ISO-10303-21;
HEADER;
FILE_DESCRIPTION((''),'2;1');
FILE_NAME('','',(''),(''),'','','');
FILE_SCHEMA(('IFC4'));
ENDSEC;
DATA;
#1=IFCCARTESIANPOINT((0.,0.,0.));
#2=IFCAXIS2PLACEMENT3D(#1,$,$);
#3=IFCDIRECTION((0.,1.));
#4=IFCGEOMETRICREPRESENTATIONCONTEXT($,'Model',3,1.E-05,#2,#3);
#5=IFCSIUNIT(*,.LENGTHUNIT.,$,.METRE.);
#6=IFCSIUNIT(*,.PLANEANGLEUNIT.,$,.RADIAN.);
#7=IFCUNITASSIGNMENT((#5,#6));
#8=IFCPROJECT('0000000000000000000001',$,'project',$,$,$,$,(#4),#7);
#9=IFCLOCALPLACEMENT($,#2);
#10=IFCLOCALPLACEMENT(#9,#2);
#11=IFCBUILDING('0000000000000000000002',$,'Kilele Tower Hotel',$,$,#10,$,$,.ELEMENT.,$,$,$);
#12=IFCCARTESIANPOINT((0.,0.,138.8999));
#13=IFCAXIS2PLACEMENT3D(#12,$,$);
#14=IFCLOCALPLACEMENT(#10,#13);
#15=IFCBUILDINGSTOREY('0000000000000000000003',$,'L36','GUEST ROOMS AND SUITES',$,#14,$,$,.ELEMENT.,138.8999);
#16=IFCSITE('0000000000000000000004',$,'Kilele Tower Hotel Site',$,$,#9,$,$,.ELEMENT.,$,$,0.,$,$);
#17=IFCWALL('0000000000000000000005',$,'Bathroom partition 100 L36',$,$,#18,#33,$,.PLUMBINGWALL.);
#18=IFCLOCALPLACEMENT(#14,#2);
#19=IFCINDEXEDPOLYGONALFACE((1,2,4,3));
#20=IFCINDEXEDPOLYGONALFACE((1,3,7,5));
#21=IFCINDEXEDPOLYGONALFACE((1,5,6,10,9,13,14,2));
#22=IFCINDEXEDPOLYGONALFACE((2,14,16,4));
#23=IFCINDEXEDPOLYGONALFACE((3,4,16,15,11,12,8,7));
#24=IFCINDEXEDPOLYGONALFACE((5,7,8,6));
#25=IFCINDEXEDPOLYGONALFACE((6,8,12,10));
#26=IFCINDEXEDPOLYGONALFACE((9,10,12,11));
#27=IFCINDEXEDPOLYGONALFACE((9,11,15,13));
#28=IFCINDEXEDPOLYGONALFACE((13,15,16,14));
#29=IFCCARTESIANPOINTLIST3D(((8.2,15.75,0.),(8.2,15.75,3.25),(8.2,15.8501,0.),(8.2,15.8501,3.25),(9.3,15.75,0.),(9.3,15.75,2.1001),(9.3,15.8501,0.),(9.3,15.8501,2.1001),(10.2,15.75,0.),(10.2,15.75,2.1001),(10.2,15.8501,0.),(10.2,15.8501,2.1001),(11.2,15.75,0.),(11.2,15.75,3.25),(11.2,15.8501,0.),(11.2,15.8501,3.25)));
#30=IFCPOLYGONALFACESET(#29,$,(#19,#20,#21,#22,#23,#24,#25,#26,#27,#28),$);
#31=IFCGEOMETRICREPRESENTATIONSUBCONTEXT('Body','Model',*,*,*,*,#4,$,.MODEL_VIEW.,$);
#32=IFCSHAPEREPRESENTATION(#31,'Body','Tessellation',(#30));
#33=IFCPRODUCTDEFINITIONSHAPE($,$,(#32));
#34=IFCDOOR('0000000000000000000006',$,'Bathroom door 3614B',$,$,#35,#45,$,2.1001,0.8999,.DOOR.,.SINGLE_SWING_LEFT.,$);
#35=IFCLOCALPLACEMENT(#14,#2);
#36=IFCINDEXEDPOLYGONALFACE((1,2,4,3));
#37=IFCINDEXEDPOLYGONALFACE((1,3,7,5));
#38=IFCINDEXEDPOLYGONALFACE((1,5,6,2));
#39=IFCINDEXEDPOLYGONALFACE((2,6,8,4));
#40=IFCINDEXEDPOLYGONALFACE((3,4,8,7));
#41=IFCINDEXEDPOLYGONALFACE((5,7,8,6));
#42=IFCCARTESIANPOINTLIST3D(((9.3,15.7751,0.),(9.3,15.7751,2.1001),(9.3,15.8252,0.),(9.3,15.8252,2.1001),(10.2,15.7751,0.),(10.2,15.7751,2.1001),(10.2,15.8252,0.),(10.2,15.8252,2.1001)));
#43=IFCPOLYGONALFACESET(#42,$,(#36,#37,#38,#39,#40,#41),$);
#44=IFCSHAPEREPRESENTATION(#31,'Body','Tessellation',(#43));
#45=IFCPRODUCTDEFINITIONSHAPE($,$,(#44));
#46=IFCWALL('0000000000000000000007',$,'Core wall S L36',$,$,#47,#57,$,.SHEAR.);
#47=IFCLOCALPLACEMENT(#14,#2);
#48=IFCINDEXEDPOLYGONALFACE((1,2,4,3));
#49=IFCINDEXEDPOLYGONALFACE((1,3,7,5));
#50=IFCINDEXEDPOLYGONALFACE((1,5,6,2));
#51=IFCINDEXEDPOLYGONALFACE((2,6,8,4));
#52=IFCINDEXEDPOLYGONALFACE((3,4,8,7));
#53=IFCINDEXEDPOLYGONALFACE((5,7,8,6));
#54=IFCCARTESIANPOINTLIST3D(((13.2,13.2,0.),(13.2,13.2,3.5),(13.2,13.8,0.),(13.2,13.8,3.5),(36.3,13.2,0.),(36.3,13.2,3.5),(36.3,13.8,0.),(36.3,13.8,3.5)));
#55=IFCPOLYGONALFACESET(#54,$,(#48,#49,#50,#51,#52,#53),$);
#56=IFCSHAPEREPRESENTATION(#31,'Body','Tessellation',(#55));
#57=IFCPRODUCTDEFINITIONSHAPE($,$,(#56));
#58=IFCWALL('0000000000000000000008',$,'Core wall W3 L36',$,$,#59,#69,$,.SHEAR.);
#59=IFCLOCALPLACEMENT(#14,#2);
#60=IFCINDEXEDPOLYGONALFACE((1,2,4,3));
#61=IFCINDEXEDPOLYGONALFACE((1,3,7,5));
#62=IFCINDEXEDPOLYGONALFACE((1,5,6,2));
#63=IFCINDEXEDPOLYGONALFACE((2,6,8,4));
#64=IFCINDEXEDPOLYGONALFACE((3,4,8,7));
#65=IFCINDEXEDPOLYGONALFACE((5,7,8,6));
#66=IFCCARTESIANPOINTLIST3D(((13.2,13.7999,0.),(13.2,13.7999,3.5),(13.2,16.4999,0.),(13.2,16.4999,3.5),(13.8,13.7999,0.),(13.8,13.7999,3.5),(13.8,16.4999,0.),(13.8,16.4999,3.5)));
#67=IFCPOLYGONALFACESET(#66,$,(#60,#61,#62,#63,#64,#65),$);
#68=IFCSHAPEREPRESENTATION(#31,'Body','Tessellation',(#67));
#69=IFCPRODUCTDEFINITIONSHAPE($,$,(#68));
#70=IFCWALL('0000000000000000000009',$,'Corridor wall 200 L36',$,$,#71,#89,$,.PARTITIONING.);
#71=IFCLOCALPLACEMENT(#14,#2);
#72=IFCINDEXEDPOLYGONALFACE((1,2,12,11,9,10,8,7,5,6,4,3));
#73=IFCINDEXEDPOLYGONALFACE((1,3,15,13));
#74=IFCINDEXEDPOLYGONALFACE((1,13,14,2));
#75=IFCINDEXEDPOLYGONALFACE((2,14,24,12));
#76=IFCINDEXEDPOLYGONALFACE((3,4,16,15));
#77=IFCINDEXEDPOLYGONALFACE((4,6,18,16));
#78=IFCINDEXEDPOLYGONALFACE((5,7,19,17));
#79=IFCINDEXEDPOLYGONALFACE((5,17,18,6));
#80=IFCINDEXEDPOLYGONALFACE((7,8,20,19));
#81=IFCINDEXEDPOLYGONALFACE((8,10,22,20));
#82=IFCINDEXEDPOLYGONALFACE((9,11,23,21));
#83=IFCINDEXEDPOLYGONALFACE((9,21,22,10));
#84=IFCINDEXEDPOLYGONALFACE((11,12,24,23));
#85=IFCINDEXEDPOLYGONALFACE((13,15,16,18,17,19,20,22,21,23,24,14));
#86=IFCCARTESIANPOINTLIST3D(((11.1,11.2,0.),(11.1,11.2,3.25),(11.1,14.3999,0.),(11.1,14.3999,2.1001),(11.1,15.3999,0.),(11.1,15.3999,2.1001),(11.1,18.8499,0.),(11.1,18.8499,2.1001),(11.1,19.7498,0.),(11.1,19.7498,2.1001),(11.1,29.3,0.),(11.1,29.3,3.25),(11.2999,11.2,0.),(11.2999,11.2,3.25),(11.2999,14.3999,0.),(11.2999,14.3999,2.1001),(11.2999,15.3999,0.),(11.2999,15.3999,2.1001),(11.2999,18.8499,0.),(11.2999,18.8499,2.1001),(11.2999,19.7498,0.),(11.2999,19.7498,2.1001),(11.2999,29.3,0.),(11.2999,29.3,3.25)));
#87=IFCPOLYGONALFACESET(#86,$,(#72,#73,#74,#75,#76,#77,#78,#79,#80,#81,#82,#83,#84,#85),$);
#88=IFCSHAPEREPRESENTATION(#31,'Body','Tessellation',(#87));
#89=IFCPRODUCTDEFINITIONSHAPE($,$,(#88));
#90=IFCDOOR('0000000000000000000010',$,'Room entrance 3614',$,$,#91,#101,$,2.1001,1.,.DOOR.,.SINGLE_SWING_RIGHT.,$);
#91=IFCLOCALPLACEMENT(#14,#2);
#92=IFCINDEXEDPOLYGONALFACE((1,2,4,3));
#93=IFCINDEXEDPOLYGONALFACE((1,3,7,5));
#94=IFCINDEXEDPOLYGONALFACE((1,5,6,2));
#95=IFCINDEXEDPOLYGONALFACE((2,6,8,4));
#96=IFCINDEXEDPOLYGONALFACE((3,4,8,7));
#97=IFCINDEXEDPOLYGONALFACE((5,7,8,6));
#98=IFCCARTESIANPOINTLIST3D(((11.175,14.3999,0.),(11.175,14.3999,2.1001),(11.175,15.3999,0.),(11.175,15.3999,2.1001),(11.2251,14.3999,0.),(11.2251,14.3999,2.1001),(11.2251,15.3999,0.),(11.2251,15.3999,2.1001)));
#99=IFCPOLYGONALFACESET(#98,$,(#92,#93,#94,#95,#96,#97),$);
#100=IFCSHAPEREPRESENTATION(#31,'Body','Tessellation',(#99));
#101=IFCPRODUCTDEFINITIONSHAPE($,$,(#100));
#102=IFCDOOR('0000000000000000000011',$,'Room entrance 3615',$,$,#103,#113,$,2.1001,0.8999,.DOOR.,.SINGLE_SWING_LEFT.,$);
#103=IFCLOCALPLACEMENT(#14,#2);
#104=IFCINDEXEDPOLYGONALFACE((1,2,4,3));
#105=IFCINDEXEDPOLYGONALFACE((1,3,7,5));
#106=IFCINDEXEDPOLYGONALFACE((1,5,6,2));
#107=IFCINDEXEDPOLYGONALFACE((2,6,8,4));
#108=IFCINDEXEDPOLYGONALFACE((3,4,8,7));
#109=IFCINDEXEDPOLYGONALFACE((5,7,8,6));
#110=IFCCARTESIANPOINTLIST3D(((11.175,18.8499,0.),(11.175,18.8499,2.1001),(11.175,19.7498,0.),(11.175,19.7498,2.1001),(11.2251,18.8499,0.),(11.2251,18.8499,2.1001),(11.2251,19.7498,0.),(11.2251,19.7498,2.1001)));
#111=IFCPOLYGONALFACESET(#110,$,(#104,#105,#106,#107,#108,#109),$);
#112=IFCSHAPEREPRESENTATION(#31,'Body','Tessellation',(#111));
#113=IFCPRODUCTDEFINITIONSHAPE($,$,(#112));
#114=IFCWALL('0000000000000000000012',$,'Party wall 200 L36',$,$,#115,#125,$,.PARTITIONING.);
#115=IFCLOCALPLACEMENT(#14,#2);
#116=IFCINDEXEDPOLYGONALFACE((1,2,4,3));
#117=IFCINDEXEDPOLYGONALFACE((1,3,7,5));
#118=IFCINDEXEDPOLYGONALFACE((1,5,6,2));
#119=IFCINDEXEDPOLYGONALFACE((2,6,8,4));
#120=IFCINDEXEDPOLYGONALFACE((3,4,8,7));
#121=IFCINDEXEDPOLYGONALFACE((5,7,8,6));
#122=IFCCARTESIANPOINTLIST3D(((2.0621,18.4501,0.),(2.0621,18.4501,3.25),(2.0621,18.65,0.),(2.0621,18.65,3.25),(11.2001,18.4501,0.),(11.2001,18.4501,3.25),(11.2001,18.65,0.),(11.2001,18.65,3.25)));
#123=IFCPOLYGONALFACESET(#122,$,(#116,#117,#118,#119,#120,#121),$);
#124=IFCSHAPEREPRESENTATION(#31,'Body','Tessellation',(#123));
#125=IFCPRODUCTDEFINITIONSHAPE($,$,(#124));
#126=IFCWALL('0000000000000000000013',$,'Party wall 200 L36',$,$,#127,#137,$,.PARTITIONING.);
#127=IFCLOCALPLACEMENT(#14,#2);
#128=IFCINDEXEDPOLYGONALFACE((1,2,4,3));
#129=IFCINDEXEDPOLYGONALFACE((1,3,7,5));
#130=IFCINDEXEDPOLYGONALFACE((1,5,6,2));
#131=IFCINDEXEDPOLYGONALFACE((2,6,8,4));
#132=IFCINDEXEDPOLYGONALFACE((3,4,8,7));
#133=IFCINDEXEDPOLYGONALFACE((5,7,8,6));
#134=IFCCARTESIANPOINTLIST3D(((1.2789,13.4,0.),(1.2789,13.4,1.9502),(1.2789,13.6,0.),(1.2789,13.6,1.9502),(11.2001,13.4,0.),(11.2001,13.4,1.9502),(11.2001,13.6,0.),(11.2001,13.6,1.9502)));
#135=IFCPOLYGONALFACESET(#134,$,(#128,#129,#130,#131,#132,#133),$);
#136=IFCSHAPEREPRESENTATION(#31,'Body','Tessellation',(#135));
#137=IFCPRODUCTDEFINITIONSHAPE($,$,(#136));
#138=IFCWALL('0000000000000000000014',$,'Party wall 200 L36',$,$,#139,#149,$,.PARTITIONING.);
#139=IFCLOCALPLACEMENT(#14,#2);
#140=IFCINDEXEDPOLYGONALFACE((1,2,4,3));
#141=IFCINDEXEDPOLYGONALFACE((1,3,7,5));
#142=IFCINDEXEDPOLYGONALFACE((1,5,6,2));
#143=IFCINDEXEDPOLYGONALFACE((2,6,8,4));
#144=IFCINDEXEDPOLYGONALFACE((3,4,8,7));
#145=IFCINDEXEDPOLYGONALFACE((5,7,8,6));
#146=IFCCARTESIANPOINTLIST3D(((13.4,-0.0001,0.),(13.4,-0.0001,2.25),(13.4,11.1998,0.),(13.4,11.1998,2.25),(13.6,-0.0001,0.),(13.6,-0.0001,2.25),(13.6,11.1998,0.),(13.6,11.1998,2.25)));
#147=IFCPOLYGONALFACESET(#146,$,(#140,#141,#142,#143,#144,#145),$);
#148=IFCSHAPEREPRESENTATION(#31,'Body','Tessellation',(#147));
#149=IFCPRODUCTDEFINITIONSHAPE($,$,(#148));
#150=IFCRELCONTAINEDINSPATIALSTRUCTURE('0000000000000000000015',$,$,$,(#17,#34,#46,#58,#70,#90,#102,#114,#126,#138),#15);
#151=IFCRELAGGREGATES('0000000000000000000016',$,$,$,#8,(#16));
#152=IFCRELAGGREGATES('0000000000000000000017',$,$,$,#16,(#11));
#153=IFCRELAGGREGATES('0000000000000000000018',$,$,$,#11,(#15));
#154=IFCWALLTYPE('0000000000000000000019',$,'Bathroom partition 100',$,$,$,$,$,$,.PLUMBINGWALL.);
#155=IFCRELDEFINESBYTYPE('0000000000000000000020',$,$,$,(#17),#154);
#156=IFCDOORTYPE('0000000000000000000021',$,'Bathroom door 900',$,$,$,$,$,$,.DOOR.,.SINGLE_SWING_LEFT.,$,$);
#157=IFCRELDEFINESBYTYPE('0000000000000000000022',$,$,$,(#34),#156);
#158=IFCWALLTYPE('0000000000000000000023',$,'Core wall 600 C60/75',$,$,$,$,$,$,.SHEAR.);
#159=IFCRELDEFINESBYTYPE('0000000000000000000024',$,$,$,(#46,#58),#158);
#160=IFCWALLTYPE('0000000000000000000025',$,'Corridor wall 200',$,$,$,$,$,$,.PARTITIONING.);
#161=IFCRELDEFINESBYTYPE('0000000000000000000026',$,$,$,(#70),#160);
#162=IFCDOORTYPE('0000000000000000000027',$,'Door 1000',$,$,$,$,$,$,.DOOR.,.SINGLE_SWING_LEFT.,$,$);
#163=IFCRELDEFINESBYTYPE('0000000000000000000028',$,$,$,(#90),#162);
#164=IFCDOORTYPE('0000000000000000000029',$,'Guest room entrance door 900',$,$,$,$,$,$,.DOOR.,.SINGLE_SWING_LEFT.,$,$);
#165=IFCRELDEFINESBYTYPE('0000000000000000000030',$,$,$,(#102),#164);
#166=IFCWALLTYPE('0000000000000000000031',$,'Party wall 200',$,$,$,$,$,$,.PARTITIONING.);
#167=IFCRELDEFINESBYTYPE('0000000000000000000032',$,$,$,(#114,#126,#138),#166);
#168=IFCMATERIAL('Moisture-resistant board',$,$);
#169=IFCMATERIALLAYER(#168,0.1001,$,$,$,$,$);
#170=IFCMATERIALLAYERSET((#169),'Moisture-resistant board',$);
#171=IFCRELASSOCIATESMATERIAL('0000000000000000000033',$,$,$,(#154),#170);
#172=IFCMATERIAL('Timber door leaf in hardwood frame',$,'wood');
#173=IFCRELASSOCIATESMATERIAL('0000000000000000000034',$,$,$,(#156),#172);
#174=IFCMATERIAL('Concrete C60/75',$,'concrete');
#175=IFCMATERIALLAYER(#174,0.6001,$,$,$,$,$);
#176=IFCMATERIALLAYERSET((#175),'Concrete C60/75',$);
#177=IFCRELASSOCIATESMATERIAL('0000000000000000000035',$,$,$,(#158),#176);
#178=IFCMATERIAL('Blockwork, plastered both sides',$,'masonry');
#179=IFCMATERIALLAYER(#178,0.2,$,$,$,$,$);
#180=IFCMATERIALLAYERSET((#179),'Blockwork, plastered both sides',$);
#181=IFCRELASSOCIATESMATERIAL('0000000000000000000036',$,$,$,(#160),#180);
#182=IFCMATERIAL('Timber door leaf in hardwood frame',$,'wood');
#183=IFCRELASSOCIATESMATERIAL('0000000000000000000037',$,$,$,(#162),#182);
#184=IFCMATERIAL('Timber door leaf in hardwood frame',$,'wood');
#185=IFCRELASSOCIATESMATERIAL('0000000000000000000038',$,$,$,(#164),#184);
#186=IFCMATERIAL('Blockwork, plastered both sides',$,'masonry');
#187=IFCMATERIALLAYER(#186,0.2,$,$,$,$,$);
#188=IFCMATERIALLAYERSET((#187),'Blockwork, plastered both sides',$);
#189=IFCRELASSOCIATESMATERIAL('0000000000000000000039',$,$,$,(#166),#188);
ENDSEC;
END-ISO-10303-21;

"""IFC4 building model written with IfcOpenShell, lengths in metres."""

from ifc_helpers import new_model, si_unit, direction, frame, frame_2d, origin, place, context, subcontext, project, spatial, rectangle, extrude, material, layer, layer_set, type_object, element, fill, save


model = new_model("IFC4")

# Units and contexts
model_context = context("Model", 3, precision=1e-05, world=origin(), true_north=direction((0.0, 1.0)))
body_context = subcontext(model_context, "Body", "Model", "MODEL_VIEW")
ifc_project = project(units=[si_unit("LENGTHUNIT", "METRE"), si_unit("PLANEANGLEUNIT", "RADIAN")], contexts=[model_context])

# Site, building, storey
site_placement = place(None, origin())
site = spatial("IfcSite", under=ifc_project, at=site_placement, Name="Kilele Tower Hotel Site", CompositionType="ELEMENT", RefElevation=0.0)
building_placement = place(site_placement, origin())
building = spatial("IfcBuilding", under=site, at=building_placement, Name="Kilele Tower Hotel", CompositionType="ELEMENT")
storey_placement = place(building_placement, frame((0.0, 0.0, 138.8999)))
storey = spatial("IfcBuildingStorey", under=building, at=storey_placement, Name="L36", Description="GUEST ROOMS AND SUITES", CompositionType="ELEMENT", Elevation=138.8999)

# Wall, opening, door
ifc_material_1 = material(Name="Moisture-resistant board")
ifc_layer_1 = layer(ifc_material_1, 0.1001)
ifc_layer_set_1 = layer_set([ifc_layer_1], Name="Moisture-resistant board")
wall_type_1 = type_object("IfcWallType", Name="Bathroom partition 100", PredefinedType="PLUMBINGWALL", material=ifc_layer_set_1)
wall_1_placement = place(storey_placement, frame((11.2, 15.8, 0.0), z_axis=(0.0, 0.0, 1.0), x_axis=(-1.0, 0.0, 0.0)))
wall_1 = element("IfcWall", 1, at=wall_1_placement, inside=storey, type_object=wall_type_1, Name="Bathroom partition 100 L36", PredefinedType="PLUMBINGWALL", context=body_context, shape_type="SweptSolid", body=[
    extrude(rectangle(XDim=3.0, YDim=0.1001, at=frame_2d((1.5, 0.0))), origin(), (0.0, 0.0, 1.0), 3.25),
])
opening_1_placement = place(wall_1_placement, frame((1.0, 0.0, 0.0)))
opening_1 = element("IfcOpeningElement", 2, at=opening_1_placement, cuts=wall_1, PredefinedType="OPENING", context=body_context, shape_type="SweptSolid", body=[
    extrude(rectangle(XDim=0.8999, YDim=2.1001, at=frame_2d((0.45, 1.05))), frame((0.0, 0.0601, 0.0), z_axis=(0.0, -1.0, 0.0), x_axis=(1.0, 0.0, 0.0)), (0.0, 0.0, 1.0), 0.1201),
])
ifc_material_2 = material(Name="Timber door leaf in hardwood frame", Category="wood")
door_type_1 = type_object("IfcDoorType", Name="Bathroom door 900", OperationType="SINGLE_SWING_LEFT", PredefinedType="DOOR", material=ifc_material_2)
door_1_placement = place(opening_1_placement, origin())
door_1 = element("IfcDoor", 3, at=door_1_placement, inside=storey, type_object=door_type_1, Name="Bathroom door 3614B", OperationType="SINGLE_SWING_LEFT", OverallHeight=2.1001, OverallWidth=0.8999, PredefinedType="DOOR", context=body_context, shape_type="SweptSolid", body=[
    extrude(rectangle(XDim=0.8999, YDim=2.1001, at=frame_2d((0.45, 1.05))), frame((0.0, 0.0249, 0.0), z_axis=(0.0, -1.0, 0.0), x_axis=(1.0, 0.0, 0.0)), (0.0, 0.0, 1.0), 0.05),
])
fill(opening_1, door_1)

# Walls
ifc_material_3 = material(Name="Concrete C60/75", Category="concrete")
ifc_layer_2 = layer(ifc_material_3, 0.6001)
ifc_layer_set_2 = layer_set([ifc_layer_2], Name="Concrete C60/75")
wall_type_2 = type_object("IfcWallType", Name="Core wall 600 C60/75", PredefinedType="SHEAR", material=ifc_layer_set_2)
wall_2_placement = place(storey_placement, frame((13.2, 13.5, 0.0), z_axis=(0.0, 0.0, 1.0), x_axis=(1.0, 0.0, 0.0)))
element("IfcWall", 4, at=wall_2_placement, inside=storey, type_object=wall_type_2, Name="Core wall S L36", PredefinedType="SHEAR", context=body_context, shape_type="SweptSolid", body=[
    extrude(rectangle(XDim=23.1001, YDim=0.6001, at=frame_2d((11.55, 0.0))), origin(), (0.0, 0.0, 1.0), 3.5),
])
wall_3_placement = place(storey_placement, frame((13.5, 16.5, 0.0), z_axis=(0.0, 0.0, 1.0), x_axis=(0.0, -1.0, 0.0)))
element("IfcWall", 5, at=wall_3_placement, inside=storey, type_object=wall_type_2, Name="Core wall W3 L36", PredefinedType="SHEAR", context=body_context, shape_type="SweptSolid", body=[
    extrude(rectangle(XDim=2.7, YDim=0.6001, at=frame_2d((1.3501, 0.0))), origin(), (0.0, 0.0, 1.0), 3.5),
])

# Wall, openings, doors
ifc_material_4 = material(Name="Blockwork, plastered both sides", Category="masonry")
ifc_layer_3 = layer(ifc_material_4, 0.2)
ifc_layer_set_3 = layer_set([ifc_layer_3], Name="Blockwork, plastered both sides")
wall_type_3 = type_object("IfcWallType", Name="Corridor wall 200", PredefinedType="PARTITIONING", material=ifc_layer_set_3)
wall_4_placement = place(storey_placement, frame((11.2, 11.2, 0.0), z_axis=(0.0, 0.0, 1.0), x_axis=(0.0, 1.0, 0.0)))
wall_4 = element("IfcWall", 6, at=wall_4_placement, inside=storey, type_object=wall_type_3, Name="Corridor wall 200 L36", PredefinedType="PARTITIONING", context=body_context, shape_type="SweptSolid", body=[
    extrude(rectangle(XDim=18.1001, YDim=0.2, at=frame_2d((9.05, 0.0))), origin(), (0.0, 0.0, 1.0), 3.25),
])
opening_2_placement = place(wall_4_placement, frame((3.2, 0.0, 0.0)))
opening_2 = element("IfcOpeningElement", 7, at=opening_2_placement, cuts=wall_4, PredefinedType="OPENING", context=body_context, shape_type="SweptSolid", body=[
    extrude(rectangle(XDim=1.0, YDim=2.1001, at=frame_2d((0.5, 1.05))), frame((0.0, 0.1099, 0.0), z_axis=(0.0, -1.0, 0.0), x_axis=(1.0, 0.0, 0.0)), (0.0, 0.0, 1.0), 0.22),
])
opening_3_placement = place(wall_4_placement, frame((7.6499, 0.0, 0.0)))
opening_3 = element("IfcOpeningElement", 8, at=opening_3_placement, cuts=wall_4, PredefinedType="OPENING", context=body_context, shape_type="SweptSolid", body=[
    extrude(rectangle(XDim=0.8999, YDim=2.1001, at=frame_2d((0.45, 1.05))), frame((0.0, 0.1099, 0.0), z_axis=(0.0, -1.0, 0.0), x_axis=(1.0, 0.0, 0.0)), (0.0, 0.0, 1.0), 0.22),
])
ifc_material_5 = material(Name="Timber door leaf in hardwood frame", Category="wood")
door_type_2 = type_object("IfcDoorType", Name="Door 1000", OperationType="SINGLE_SWING_LEFT", PredefinedType="DOOR", material=ifc_material_5)
door_2_placement = place(opening_2_placement, origin())
door_2 = element("IfcDoor", 9, at=door_2_placement, inside=storey, type_object=door_type_2, Name="Room entrance 3614", OperationType="SINGLE_SWING_RIGHT", OverallHeight=2.1001, OverallWidth=1.0, PredefinedType="DOOR", context=body_context, shape_type="SweptSolid", body=[
    extrude(rectangle(XDim=1.0, YDim=2.1001, at=frame_2d((0.5, 1.05))), frame((0.0, 0.0249, 0.0), z_axis=(0.0, -1.0, 0.0), x_axis=(1.0, 0.0, 0.0)), (0.0, 0.0, 1.0), 0.05),
])
fill(opening_2, door_2)
ifc_material_6 = material(Name="Timber door leaf in hardwood frame", Category="wood")
door_type_3 = type_object("IfcDoorType", Name="Guest room entrance door 900", OperationType="SINGLE_SWING_LEFT", PredefinedType="DOOR", material=ifc_material_6)
door_3_placement = place(opening_3_placement, origin())
door_3 = element("IfcDoor", 10, at=door_3_placement, inside=storey, type_object=door_type_3, Name="Room entrance 3615", OperationType="SINGLE_SWING_LEFT", OverallHeight=2.1001, OverallWidth=0.8999, PredefinedType="DOOR", context=body_context, shape_type="SweptSolid", body=[
    extrude(rectangle(XDim=0.8999, YDim=2.1001, at=frame_2d((0.45, 1.05))), frame((0.0, 0.0249, 0.0), z_axis=(0.0, -1.0, 0.0), x_axis=(1.0, 0.0, 0.0)), (0.0, 0.0, 1.0), 0.05),
])
fill(opening_3, door_3)

# Walls
ifc_material_7 = material(Name="Blockwork, plastered both sides", Category="masonry")
ifc_layer_4 = layer(ifc_material_7, 0.2)
ifc_layer_set_4 = layer_set([ifc_layer_4], Name="Blockwork, plastered both sides")
wall_type_4 = type_object("IfcWallType", Name="Party wall 200", PredefinedType="PARTITIONING", material=ifc_layer_set_4)
wall_5_placement = place(storey_placement, frame((11.2, 18.55, 0.0), z_axis=(0.0, 0.0, 1.0), x_axis=(-1.0, 0.0, 0.0)))
element("IfcWall", 11, at=wall_5_placement, inside=storey, type_object=wall_type_4, Name="Party wall 200 L36", PredefinedType="PARTITIONING", context=body_context, shape_type="SweptSolid", body=[
    extrude(rectangle(XDim=9.1379, YDim=0.2, at=frame_2d((4.5688, 0.0))), origin(), (0.0, 0.0, 1.0), 3.25),
])
wall_6_placement = place(storey_placement, frame((11.2, 13.5, 0.0), z_axis=(0.0, 0.0, 1.0), x_axis=(-1.0, 0.0, 0.0)))
element("IfcWall", 12, at=wall_6_placement, inside=storey, type_object=wall_type_4, Name="Party wall 200 L36", PredefinedType="PARTITIONING", context=body_context, shape_type="SweptSolid", body=[
    extrude(rectangle(XDim=9.9211, YDim=0.2, at=frame_2d((4.9604, 0.0))), origin(), (0.0, 0.0, 1.0), 1.9502),
])
wall_7_placement = place(storey_placement, frame((13.5, 11.2, 0.0), z_axis=(0.0, 0.0, 1.0), x_axis=(0.0, -1.0, 0.0)))
element("IfcWall", 13, at=wall_7_placement, inside=storey, type_object=wall_type_4, Name="Party wall 200 L36", PredefinedType="PARTITIONING", context=body_context, shape_type="SweptSolid", body=[
    extrude(rectangle(XDim=11.2, YDim=0.2, at=frame_2d((5.6001, 0.0))), origin(), (0.0, 0.0, 1.0), 2.25),
])

save(model, "model.ifc")
